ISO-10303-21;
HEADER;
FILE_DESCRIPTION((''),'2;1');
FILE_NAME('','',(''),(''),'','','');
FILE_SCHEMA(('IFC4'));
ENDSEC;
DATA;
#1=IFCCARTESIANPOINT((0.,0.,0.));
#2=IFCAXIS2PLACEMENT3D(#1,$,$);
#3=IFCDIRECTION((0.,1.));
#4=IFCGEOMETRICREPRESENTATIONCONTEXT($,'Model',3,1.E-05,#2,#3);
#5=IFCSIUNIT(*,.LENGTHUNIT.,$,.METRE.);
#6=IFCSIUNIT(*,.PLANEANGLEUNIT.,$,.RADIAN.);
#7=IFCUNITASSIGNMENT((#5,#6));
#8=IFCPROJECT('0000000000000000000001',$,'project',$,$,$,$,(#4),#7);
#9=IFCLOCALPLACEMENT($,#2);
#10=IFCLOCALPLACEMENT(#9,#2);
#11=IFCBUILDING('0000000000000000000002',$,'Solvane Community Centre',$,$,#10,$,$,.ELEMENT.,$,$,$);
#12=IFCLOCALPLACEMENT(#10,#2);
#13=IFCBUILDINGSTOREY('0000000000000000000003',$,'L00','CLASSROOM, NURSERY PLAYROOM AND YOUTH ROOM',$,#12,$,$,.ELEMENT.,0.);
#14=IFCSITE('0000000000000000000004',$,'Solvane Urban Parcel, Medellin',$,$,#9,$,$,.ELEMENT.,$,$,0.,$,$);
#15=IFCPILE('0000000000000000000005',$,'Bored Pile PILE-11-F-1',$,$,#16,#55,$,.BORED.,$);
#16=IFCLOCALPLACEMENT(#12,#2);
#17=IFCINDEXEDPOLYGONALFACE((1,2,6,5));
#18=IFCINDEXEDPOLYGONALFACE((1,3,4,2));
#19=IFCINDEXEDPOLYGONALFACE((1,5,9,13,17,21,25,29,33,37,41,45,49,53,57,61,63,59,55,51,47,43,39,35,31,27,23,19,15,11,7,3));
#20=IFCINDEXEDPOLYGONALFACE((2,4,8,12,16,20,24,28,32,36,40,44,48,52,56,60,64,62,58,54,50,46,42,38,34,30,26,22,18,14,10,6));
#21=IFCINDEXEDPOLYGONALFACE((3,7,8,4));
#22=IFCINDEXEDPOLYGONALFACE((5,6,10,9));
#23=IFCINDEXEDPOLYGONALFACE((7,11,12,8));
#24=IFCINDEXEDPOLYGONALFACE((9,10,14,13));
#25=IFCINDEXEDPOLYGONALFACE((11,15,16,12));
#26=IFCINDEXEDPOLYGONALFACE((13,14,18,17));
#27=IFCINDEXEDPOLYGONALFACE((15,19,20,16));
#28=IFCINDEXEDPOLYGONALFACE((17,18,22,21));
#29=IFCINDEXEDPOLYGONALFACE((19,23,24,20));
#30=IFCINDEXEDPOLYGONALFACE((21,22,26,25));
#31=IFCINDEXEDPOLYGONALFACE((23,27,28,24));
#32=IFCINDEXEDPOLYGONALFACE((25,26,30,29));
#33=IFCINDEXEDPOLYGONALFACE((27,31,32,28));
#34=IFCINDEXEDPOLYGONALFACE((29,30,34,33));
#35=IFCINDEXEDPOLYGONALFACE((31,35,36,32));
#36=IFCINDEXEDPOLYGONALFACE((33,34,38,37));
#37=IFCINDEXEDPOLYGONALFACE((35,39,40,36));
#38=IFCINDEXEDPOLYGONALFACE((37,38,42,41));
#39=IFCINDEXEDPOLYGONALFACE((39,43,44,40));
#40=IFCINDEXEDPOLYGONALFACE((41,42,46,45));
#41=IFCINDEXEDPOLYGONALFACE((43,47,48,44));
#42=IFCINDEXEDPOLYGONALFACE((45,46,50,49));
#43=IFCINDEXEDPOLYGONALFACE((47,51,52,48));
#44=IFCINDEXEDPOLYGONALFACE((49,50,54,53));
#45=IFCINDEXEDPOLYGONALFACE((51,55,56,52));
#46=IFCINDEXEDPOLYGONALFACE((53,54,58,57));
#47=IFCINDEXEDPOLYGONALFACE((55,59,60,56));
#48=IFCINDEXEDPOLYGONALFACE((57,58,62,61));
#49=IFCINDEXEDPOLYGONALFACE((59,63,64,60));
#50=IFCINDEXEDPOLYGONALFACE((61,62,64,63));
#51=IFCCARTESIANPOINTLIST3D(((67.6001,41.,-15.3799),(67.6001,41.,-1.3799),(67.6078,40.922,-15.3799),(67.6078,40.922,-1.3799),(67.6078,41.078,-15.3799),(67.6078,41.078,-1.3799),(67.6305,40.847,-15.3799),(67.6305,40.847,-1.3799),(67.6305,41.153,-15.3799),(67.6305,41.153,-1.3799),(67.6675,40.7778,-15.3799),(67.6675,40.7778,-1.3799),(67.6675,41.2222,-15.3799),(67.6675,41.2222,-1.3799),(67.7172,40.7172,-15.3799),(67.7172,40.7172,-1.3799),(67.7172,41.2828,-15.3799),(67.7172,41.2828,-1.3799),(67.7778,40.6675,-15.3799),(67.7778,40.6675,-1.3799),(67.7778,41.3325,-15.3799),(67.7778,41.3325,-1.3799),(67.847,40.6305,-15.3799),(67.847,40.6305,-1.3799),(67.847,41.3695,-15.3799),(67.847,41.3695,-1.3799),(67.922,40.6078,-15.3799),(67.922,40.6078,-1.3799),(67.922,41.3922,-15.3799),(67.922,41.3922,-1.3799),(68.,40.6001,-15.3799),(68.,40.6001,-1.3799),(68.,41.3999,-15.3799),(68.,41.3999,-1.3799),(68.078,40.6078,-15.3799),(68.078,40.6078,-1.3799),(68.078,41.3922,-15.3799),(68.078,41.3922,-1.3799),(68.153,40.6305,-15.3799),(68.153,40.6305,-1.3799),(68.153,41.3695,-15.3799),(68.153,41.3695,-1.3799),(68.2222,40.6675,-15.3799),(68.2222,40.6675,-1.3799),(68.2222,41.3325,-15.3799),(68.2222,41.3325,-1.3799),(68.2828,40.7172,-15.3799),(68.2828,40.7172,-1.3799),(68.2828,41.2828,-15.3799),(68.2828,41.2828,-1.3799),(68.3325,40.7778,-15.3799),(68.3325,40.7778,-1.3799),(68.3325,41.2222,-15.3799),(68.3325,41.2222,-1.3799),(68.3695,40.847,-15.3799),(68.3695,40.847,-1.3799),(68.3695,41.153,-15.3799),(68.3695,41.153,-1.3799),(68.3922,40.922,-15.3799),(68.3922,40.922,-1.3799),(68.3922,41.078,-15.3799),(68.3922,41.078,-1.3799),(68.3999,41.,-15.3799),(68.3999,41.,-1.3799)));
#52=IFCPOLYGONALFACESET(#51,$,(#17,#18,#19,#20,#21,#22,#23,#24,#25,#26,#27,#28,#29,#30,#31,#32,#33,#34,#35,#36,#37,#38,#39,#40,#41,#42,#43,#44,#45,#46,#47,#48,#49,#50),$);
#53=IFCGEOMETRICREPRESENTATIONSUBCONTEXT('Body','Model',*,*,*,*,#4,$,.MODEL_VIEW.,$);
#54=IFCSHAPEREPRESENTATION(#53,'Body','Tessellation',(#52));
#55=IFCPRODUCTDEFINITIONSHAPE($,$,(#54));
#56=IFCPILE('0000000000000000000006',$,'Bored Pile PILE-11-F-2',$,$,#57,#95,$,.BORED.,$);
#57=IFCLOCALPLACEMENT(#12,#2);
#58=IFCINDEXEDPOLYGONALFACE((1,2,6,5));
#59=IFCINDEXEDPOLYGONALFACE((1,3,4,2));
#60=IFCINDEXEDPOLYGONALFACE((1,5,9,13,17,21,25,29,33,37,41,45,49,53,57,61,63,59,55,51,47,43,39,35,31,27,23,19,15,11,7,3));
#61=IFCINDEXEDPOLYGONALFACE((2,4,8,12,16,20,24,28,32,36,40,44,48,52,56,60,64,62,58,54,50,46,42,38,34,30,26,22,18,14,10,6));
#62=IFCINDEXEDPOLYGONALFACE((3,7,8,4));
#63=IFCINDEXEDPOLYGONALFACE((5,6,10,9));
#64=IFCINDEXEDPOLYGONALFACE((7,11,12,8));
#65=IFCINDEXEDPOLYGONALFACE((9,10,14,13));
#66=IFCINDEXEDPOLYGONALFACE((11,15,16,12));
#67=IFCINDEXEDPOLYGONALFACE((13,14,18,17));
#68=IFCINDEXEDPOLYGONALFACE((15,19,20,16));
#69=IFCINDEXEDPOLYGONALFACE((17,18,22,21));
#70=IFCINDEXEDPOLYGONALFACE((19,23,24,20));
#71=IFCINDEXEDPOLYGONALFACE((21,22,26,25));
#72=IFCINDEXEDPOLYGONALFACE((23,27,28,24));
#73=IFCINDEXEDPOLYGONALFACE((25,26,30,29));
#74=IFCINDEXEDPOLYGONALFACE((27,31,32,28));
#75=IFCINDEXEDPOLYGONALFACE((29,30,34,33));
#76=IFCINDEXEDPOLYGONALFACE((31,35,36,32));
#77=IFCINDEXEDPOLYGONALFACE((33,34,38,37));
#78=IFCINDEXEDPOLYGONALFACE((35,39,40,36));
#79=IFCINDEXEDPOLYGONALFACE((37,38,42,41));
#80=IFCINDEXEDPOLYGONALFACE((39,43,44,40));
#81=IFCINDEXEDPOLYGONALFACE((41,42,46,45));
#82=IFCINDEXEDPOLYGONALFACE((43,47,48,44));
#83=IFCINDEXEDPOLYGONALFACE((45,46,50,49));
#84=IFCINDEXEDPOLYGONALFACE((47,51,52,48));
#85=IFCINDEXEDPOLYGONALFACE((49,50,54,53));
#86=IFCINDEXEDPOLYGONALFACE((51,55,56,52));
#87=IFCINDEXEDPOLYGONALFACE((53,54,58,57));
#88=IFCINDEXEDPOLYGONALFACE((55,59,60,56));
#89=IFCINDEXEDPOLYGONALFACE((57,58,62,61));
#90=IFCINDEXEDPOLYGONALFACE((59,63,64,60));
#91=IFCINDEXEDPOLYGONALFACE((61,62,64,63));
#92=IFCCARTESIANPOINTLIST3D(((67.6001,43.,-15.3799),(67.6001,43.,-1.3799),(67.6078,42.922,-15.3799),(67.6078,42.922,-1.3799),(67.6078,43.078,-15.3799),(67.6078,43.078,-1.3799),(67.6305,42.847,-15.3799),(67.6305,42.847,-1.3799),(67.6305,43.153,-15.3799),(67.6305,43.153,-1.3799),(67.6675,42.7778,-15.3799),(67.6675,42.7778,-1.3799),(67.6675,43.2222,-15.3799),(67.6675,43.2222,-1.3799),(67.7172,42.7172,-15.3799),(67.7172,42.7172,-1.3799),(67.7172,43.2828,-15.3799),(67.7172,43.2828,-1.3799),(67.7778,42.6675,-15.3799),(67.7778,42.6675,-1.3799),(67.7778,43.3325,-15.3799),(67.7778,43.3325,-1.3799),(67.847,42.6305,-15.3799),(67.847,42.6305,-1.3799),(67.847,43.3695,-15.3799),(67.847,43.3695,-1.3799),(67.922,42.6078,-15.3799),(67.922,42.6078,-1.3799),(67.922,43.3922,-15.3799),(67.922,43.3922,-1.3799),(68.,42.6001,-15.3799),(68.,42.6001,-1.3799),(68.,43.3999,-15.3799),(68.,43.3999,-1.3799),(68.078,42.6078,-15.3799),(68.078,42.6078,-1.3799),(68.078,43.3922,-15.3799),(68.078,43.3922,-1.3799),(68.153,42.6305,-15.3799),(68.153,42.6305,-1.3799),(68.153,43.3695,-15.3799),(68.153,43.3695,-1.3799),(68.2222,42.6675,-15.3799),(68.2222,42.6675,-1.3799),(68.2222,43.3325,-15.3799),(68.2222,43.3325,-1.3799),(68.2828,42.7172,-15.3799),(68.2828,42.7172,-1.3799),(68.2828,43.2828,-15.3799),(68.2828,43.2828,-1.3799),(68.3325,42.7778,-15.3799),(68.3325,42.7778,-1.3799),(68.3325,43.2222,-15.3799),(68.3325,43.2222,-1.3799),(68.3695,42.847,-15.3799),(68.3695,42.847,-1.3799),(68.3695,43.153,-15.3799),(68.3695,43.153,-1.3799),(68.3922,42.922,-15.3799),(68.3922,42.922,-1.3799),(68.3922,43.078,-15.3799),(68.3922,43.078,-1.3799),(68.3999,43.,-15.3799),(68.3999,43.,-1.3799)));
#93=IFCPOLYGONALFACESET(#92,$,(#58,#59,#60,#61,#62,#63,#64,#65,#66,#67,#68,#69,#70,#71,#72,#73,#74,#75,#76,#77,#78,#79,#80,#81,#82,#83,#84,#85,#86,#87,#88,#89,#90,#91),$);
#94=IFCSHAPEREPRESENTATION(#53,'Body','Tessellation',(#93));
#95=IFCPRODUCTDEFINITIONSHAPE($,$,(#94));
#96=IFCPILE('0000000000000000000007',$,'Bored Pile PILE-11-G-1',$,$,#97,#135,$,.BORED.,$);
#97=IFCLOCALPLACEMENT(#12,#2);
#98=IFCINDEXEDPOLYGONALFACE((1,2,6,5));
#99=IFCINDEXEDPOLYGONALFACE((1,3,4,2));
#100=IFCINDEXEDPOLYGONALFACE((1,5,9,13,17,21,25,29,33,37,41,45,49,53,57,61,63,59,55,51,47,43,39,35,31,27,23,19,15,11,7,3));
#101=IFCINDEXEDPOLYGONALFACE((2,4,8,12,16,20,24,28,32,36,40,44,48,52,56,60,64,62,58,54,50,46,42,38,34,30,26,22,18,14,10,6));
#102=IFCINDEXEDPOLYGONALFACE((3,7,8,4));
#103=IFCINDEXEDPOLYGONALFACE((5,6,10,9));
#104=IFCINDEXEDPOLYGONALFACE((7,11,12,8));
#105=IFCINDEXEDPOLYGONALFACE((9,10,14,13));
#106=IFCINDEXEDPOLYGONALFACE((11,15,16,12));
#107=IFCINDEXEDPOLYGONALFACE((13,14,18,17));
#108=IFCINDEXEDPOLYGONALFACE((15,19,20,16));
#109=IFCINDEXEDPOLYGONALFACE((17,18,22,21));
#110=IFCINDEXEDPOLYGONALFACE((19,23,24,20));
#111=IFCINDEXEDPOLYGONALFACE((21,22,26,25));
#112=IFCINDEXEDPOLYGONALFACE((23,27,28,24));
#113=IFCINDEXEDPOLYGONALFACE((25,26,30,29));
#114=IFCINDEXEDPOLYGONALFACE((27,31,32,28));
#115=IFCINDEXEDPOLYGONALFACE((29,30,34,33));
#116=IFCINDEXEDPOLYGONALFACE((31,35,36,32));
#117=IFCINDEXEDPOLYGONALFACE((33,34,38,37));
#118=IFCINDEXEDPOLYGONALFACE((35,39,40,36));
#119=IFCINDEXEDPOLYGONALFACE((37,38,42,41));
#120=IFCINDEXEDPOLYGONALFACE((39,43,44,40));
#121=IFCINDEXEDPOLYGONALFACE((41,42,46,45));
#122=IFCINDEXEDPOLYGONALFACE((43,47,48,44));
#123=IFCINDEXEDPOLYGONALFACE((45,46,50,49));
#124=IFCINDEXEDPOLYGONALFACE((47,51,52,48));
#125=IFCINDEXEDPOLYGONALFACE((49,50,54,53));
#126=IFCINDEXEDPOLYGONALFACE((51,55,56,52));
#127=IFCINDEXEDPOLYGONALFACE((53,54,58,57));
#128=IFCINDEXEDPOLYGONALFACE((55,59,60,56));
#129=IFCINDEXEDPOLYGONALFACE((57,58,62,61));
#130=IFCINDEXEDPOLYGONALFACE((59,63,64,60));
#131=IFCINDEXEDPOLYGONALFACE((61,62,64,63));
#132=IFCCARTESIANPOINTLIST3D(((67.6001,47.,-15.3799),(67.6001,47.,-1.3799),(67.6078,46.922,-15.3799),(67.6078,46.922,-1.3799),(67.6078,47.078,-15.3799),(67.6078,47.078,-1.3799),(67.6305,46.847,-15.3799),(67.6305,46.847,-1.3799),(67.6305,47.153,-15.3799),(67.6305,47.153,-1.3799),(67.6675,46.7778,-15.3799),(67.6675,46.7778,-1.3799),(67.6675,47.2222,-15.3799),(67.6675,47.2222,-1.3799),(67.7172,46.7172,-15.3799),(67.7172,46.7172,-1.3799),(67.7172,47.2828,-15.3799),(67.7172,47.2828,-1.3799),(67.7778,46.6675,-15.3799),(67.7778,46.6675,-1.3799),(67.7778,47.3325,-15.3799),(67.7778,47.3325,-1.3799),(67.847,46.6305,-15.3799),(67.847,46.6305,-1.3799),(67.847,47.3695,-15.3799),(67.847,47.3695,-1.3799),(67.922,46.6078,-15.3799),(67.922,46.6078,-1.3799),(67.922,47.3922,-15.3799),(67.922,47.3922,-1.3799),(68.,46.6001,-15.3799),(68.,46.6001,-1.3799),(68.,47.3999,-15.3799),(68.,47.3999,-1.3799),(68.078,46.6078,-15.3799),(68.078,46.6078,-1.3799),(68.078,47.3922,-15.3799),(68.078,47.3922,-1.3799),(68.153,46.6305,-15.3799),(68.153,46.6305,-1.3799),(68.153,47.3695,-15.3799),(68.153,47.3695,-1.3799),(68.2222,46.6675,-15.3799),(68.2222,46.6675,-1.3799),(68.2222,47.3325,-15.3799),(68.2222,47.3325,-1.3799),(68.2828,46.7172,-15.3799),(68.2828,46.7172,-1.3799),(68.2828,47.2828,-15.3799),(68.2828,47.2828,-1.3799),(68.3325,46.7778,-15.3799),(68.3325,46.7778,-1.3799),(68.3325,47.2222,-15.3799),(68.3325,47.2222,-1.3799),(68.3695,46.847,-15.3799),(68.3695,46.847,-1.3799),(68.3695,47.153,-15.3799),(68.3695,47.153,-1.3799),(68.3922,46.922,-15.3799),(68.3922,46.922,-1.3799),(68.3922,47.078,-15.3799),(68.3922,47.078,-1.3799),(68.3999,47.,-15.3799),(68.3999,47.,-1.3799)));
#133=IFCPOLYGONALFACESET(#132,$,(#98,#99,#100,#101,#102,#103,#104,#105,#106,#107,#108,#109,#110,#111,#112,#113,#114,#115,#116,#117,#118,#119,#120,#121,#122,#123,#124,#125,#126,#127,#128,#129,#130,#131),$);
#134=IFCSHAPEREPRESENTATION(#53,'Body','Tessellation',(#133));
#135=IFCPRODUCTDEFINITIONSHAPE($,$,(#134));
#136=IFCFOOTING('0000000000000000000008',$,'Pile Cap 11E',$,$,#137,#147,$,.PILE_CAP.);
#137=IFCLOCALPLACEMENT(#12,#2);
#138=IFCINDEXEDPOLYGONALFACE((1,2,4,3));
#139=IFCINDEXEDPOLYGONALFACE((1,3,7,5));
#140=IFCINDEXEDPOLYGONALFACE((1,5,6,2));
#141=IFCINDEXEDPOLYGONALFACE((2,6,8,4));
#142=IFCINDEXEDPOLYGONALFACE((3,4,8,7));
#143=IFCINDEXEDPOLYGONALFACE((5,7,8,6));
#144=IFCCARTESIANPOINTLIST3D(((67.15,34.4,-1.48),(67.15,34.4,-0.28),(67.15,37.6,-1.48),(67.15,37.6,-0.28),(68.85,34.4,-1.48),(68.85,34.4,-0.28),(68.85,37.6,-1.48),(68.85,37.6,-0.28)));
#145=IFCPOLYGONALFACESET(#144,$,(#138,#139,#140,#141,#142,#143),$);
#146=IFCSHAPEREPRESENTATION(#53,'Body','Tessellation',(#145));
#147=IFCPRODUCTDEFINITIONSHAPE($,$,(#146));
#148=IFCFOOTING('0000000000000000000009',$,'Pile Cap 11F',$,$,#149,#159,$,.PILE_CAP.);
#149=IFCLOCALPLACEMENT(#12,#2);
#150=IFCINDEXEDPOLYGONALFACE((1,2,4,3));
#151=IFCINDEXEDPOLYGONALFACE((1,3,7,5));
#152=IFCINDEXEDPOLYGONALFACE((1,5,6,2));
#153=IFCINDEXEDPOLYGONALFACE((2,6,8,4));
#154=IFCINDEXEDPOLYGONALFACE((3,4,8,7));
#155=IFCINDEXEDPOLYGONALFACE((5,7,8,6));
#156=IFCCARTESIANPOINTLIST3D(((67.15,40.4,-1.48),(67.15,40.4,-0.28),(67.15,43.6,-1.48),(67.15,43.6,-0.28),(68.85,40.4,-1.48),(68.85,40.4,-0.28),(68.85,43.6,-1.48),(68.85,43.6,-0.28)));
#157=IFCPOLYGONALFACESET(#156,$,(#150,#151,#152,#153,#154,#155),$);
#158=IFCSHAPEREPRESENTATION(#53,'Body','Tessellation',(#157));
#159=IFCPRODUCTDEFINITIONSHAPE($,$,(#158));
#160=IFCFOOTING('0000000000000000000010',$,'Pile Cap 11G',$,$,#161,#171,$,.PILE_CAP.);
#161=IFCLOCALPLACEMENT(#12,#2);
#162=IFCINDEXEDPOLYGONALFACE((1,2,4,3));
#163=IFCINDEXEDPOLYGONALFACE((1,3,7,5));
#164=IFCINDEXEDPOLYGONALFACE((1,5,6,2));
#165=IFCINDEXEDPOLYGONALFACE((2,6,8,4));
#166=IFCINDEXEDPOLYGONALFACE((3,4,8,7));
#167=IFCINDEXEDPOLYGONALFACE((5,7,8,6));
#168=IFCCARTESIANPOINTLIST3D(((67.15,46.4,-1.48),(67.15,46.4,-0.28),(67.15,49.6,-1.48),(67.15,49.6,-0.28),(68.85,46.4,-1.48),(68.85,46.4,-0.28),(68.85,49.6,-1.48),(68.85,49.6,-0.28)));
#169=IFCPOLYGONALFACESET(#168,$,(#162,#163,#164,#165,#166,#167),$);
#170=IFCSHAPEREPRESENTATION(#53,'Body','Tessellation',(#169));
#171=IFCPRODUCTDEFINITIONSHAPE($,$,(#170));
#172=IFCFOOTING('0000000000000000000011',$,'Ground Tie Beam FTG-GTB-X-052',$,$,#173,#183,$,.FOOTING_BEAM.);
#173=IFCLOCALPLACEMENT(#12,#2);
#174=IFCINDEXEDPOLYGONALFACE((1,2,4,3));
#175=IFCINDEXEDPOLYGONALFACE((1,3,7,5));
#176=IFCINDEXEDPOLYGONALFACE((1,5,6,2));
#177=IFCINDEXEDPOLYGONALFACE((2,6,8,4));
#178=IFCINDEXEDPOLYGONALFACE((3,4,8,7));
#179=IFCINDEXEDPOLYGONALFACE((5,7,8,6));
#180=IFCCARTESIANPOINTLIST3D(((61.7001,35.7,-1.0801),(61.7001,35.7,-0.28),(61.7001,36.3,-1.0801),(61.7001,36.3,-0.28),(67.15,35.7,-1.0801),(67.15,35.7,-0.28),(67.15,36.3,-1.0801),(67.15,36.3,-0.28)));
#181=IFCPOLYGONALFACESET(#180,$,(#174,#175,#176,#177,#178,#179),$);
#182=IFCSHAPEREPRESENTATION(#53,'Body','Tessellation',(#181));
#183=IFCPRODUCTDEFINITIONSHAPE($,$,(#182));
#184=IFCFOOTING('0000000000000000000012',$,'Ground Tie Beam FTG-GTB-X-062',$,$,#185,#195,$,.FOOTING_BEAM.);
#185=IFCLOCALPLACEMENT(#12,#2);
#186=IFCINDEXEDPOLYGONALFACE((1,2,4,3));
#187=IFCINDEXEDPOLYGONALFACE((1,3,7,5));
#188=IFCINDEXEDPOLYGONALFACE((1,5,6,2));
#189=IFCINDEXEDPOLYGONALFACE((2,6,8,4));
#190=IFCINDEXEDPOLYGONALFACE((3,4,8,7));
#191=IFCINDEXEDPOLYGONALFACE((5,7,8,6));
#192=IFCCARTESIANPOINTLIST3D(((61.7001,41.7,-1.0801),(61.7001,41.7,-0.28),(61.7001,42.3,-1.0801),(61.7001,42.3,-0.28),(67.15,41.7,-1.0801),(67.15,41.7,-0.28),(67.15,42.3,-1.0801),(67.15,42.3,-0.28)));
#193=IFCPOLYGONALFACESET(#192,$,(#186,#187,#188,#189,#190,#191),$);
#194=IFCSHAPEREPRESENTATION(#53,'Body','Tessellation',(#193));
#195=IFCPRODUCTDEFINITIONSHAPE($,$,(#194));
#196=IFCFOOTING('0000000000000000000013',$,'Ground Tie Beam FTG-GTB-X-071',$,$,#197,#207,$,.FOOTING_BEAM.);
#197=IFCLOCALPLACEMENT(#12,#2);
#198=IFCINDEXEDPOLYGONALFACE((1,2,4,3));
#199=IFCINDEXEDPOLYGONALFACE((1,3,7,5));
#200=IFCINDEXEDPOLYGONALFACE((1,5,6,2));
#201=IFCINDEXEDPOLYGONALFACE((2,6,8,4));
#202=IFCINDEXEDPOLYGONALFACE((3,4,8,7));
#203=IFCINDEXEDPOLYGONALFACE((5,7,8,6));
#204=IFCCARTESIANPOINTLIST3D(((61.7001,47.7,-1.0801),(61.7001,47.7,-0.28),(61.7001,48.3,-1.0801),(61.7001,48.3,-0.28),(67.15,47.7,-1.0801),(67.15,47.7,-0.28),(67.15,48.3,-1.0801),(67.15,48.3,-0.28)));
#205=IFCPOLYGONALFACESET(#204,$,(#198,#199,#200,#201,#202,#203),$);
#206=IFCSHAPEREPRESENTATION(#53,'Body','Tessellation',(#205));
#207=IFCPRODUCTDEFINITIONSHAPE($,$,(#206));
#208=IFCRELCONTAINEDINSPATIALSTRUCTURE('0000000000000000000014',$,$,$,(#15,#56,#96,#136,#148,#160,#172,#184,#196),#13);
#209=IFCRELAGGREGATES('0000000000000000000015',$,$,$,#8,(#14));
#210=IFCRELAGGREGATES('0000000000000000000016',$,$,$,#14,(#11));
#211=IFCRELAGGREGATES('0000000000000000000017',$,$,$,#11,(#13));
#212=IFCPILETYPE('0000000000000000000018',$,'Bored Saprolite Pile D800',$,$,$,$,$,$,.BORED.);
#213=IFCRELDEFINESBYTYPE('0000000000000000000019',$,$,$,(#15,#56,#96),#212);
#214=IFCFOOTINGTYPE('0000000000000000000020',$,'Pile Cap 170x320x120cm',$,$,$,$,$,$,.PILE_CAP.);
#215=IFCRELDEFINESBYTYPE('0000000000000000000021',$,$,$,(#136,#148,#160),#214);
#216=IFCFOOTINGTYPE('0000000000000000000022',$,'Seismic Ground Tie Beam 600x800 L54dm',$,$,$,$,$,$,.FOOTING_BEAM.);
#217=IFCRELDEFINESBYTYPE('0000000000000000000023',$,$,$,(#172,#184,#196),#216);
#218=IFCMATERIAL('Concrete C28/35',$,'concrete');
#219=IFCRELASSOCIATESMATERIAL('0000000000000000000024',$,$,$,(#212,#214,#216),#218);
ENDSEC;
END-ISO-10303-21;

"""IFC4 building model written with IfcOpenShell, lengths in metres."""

from ifc_helpers import new_model, si_unit, direction, frame, origin, origin_2d, place, context, subcontext, project, spatial, rectangle, circle, extrude, material, material_profile, profile_set, type_object, element, save


model = new_model("IFC4")

# Units and contexts
model_context = context("Model", 3, precision=1e-05, world=origin(), true_north=direction((0.0, 1.0)))
body_context = subcontext(model_context, "Body", "Model", "MODEL_VIEW")
ifc_project = project(units=[si_unit("LENGTHUNIT", "METRE"), si_unit("PLANEANGLEUNIT", "RADIAN")], contexts=[model_context])

# Site, building, storey
site_placement = place(None, origin())
site = spatial("IfcSite", under=ifc_project, at=site_placement, Name="Solvane Urban Parcel, Medellin", CompositionType="ELEMENT", RefElevation=0.0)
building_placement = place(site_placement, origin())
building = spatial("IfcBuilding", under=site, at=building_placement, Name="Solvane Community Centre", CompositionType="ELEMENT")
storey_placement = place(building_placement, origin())
storey = spatial("IfcBuildingStorey", under=building, at=storey_placement, Name="L00", Description="CLASSROOM, NURSERY PLAYROOM AND YOUTH ROOM", CompositionType="ELEMENT", Elevation=0.0)

# Piles
ifc_material_1 = material(Name="Concrete C28/35", Category="concrete")
ifc_material_profile_1 = material_profile(ifc_material_1, circle(Radius=0.3999, at=origin_2d()), Name="PILE D800")
ifc_profile_set_1 = profile_set([ifc_material_profile_1], Name="Concrete C28/35")
pile_type = type_object("IfcPileType", Name="Bored Saprolite Pile D800", PredefinedType="BORED", material=ifc_profile_set_1)
for number, where, z_axis, x_axis, name in (
    (1, (68.0, 41.0, -1.3799), (0.0, 0.0, -1.0), (1.0, 0.0, 0.0), "Bored Pile PILE-11-F-1"),
    (2, (68.0, 43.0, -1.3799), (0.0, 0.0, -1.0), (1.0, 0.0, 0.0), "Bored Pile PILE-11-F-2"),
    (3, (68.0, 47.0, -1.3799), (0.0, 0.0, -1.0), (1.0, 0.0, 0.0), "Bored Pile PILE-11-G-1"),
):
    element("IfcPile", number, at=place(storey_placement, frame(where, z_axis=z_axis, x_axis=x_axis)), inside=storey, type_object=pile_type, Name=name, PredefinedType="BORED", context=body_context, shape_type="SweptSolid", body=[
        extrude(circle(Radius=0.3999, at=origin_2d()), origin(), (0.0, 0.0, 1.0), 14.0),
    ])

# Footings
footing_type_1 = type_object("IfcFootingType", Name="Pile Cap 170x320x120cm", PredefinedType="PILE_CAP", material=ifc_material_1)
for number, where, z_axis, x_axis, name in (
    (4, (68.0, 36.0, -1.48), (0.0, 0.0, 1.0), (1.0, 0.0, 0.0), "Pile Cap 11E"),
    (5, (68.0, 42.0, -1.48), (0.0, 0.0, 1.0), (1.0, 0.0, 0.0), "Pile Cap 11F"),
    (6, (68.0, 48.0, -1.48), (0.0, 0.0, 1.0), (1.0, 0.0, 0.0), "Pile Cap 11G"),
):
    element("IfcFooting", number, at=place(storey_placement, frame(where, z_axis=z_axis, x_axis=x_axis)), inside=storey, type_object=footing_type_1, Name=name, PredefinedType="PILE_CAP", context=body_context, shape_type="SweptSolid", body=[
        extrude(rectangle(XDim=1.7, YDim=3.2, at=origin_2d()), origin(), (0.0, 0.0, 1.0), 1.2),
    ])
footing_type_2 = type_object("IfcFootingType", Name="Seismic Ground Tie Beam 600x800 L54dm", PredefinedType="FOOTING_BEAM", material=ifc_material_1)
for number, where, z_axis, x_axis, name in (
    (7, (64.425, 36.0, -1.0801), (0.0, 0.0, 1.0), (1.0, 0.0, 0.0), "Ground Tie Beam FTG-GTB-X-052"),
    (8, (64.425, 42.0, -1.0801), (0.0, 0.0, 1.0), (1.0, 0.0, 0.0), "Ground Tie Beam FTG-GTB-X-062"),
    (9, (64.425, 48.0, -1.0801), (0.0, 0.0, 1.0), (1.0, 0.0, 0.0), "Ground Tie Beam FTG-GTB-X-071"),
):
    element("IfcFooting", number, at=place(storey_placement, frame(where, z_axis=z_axis, x_axis=x_axis)), inside=storey, type_object=footing_type_2, Name=name, PredefinedType="FOOTING_BEAM", context=body_context, shape_type="SweptSolid", body=[
        extrude(rectangle(XDim=5.45, YDim=0.6001, at=origin_2d()), origin(), (0.0, 0.0, 1.0), 0.8),
    ])

save(model, "model.ifc")
